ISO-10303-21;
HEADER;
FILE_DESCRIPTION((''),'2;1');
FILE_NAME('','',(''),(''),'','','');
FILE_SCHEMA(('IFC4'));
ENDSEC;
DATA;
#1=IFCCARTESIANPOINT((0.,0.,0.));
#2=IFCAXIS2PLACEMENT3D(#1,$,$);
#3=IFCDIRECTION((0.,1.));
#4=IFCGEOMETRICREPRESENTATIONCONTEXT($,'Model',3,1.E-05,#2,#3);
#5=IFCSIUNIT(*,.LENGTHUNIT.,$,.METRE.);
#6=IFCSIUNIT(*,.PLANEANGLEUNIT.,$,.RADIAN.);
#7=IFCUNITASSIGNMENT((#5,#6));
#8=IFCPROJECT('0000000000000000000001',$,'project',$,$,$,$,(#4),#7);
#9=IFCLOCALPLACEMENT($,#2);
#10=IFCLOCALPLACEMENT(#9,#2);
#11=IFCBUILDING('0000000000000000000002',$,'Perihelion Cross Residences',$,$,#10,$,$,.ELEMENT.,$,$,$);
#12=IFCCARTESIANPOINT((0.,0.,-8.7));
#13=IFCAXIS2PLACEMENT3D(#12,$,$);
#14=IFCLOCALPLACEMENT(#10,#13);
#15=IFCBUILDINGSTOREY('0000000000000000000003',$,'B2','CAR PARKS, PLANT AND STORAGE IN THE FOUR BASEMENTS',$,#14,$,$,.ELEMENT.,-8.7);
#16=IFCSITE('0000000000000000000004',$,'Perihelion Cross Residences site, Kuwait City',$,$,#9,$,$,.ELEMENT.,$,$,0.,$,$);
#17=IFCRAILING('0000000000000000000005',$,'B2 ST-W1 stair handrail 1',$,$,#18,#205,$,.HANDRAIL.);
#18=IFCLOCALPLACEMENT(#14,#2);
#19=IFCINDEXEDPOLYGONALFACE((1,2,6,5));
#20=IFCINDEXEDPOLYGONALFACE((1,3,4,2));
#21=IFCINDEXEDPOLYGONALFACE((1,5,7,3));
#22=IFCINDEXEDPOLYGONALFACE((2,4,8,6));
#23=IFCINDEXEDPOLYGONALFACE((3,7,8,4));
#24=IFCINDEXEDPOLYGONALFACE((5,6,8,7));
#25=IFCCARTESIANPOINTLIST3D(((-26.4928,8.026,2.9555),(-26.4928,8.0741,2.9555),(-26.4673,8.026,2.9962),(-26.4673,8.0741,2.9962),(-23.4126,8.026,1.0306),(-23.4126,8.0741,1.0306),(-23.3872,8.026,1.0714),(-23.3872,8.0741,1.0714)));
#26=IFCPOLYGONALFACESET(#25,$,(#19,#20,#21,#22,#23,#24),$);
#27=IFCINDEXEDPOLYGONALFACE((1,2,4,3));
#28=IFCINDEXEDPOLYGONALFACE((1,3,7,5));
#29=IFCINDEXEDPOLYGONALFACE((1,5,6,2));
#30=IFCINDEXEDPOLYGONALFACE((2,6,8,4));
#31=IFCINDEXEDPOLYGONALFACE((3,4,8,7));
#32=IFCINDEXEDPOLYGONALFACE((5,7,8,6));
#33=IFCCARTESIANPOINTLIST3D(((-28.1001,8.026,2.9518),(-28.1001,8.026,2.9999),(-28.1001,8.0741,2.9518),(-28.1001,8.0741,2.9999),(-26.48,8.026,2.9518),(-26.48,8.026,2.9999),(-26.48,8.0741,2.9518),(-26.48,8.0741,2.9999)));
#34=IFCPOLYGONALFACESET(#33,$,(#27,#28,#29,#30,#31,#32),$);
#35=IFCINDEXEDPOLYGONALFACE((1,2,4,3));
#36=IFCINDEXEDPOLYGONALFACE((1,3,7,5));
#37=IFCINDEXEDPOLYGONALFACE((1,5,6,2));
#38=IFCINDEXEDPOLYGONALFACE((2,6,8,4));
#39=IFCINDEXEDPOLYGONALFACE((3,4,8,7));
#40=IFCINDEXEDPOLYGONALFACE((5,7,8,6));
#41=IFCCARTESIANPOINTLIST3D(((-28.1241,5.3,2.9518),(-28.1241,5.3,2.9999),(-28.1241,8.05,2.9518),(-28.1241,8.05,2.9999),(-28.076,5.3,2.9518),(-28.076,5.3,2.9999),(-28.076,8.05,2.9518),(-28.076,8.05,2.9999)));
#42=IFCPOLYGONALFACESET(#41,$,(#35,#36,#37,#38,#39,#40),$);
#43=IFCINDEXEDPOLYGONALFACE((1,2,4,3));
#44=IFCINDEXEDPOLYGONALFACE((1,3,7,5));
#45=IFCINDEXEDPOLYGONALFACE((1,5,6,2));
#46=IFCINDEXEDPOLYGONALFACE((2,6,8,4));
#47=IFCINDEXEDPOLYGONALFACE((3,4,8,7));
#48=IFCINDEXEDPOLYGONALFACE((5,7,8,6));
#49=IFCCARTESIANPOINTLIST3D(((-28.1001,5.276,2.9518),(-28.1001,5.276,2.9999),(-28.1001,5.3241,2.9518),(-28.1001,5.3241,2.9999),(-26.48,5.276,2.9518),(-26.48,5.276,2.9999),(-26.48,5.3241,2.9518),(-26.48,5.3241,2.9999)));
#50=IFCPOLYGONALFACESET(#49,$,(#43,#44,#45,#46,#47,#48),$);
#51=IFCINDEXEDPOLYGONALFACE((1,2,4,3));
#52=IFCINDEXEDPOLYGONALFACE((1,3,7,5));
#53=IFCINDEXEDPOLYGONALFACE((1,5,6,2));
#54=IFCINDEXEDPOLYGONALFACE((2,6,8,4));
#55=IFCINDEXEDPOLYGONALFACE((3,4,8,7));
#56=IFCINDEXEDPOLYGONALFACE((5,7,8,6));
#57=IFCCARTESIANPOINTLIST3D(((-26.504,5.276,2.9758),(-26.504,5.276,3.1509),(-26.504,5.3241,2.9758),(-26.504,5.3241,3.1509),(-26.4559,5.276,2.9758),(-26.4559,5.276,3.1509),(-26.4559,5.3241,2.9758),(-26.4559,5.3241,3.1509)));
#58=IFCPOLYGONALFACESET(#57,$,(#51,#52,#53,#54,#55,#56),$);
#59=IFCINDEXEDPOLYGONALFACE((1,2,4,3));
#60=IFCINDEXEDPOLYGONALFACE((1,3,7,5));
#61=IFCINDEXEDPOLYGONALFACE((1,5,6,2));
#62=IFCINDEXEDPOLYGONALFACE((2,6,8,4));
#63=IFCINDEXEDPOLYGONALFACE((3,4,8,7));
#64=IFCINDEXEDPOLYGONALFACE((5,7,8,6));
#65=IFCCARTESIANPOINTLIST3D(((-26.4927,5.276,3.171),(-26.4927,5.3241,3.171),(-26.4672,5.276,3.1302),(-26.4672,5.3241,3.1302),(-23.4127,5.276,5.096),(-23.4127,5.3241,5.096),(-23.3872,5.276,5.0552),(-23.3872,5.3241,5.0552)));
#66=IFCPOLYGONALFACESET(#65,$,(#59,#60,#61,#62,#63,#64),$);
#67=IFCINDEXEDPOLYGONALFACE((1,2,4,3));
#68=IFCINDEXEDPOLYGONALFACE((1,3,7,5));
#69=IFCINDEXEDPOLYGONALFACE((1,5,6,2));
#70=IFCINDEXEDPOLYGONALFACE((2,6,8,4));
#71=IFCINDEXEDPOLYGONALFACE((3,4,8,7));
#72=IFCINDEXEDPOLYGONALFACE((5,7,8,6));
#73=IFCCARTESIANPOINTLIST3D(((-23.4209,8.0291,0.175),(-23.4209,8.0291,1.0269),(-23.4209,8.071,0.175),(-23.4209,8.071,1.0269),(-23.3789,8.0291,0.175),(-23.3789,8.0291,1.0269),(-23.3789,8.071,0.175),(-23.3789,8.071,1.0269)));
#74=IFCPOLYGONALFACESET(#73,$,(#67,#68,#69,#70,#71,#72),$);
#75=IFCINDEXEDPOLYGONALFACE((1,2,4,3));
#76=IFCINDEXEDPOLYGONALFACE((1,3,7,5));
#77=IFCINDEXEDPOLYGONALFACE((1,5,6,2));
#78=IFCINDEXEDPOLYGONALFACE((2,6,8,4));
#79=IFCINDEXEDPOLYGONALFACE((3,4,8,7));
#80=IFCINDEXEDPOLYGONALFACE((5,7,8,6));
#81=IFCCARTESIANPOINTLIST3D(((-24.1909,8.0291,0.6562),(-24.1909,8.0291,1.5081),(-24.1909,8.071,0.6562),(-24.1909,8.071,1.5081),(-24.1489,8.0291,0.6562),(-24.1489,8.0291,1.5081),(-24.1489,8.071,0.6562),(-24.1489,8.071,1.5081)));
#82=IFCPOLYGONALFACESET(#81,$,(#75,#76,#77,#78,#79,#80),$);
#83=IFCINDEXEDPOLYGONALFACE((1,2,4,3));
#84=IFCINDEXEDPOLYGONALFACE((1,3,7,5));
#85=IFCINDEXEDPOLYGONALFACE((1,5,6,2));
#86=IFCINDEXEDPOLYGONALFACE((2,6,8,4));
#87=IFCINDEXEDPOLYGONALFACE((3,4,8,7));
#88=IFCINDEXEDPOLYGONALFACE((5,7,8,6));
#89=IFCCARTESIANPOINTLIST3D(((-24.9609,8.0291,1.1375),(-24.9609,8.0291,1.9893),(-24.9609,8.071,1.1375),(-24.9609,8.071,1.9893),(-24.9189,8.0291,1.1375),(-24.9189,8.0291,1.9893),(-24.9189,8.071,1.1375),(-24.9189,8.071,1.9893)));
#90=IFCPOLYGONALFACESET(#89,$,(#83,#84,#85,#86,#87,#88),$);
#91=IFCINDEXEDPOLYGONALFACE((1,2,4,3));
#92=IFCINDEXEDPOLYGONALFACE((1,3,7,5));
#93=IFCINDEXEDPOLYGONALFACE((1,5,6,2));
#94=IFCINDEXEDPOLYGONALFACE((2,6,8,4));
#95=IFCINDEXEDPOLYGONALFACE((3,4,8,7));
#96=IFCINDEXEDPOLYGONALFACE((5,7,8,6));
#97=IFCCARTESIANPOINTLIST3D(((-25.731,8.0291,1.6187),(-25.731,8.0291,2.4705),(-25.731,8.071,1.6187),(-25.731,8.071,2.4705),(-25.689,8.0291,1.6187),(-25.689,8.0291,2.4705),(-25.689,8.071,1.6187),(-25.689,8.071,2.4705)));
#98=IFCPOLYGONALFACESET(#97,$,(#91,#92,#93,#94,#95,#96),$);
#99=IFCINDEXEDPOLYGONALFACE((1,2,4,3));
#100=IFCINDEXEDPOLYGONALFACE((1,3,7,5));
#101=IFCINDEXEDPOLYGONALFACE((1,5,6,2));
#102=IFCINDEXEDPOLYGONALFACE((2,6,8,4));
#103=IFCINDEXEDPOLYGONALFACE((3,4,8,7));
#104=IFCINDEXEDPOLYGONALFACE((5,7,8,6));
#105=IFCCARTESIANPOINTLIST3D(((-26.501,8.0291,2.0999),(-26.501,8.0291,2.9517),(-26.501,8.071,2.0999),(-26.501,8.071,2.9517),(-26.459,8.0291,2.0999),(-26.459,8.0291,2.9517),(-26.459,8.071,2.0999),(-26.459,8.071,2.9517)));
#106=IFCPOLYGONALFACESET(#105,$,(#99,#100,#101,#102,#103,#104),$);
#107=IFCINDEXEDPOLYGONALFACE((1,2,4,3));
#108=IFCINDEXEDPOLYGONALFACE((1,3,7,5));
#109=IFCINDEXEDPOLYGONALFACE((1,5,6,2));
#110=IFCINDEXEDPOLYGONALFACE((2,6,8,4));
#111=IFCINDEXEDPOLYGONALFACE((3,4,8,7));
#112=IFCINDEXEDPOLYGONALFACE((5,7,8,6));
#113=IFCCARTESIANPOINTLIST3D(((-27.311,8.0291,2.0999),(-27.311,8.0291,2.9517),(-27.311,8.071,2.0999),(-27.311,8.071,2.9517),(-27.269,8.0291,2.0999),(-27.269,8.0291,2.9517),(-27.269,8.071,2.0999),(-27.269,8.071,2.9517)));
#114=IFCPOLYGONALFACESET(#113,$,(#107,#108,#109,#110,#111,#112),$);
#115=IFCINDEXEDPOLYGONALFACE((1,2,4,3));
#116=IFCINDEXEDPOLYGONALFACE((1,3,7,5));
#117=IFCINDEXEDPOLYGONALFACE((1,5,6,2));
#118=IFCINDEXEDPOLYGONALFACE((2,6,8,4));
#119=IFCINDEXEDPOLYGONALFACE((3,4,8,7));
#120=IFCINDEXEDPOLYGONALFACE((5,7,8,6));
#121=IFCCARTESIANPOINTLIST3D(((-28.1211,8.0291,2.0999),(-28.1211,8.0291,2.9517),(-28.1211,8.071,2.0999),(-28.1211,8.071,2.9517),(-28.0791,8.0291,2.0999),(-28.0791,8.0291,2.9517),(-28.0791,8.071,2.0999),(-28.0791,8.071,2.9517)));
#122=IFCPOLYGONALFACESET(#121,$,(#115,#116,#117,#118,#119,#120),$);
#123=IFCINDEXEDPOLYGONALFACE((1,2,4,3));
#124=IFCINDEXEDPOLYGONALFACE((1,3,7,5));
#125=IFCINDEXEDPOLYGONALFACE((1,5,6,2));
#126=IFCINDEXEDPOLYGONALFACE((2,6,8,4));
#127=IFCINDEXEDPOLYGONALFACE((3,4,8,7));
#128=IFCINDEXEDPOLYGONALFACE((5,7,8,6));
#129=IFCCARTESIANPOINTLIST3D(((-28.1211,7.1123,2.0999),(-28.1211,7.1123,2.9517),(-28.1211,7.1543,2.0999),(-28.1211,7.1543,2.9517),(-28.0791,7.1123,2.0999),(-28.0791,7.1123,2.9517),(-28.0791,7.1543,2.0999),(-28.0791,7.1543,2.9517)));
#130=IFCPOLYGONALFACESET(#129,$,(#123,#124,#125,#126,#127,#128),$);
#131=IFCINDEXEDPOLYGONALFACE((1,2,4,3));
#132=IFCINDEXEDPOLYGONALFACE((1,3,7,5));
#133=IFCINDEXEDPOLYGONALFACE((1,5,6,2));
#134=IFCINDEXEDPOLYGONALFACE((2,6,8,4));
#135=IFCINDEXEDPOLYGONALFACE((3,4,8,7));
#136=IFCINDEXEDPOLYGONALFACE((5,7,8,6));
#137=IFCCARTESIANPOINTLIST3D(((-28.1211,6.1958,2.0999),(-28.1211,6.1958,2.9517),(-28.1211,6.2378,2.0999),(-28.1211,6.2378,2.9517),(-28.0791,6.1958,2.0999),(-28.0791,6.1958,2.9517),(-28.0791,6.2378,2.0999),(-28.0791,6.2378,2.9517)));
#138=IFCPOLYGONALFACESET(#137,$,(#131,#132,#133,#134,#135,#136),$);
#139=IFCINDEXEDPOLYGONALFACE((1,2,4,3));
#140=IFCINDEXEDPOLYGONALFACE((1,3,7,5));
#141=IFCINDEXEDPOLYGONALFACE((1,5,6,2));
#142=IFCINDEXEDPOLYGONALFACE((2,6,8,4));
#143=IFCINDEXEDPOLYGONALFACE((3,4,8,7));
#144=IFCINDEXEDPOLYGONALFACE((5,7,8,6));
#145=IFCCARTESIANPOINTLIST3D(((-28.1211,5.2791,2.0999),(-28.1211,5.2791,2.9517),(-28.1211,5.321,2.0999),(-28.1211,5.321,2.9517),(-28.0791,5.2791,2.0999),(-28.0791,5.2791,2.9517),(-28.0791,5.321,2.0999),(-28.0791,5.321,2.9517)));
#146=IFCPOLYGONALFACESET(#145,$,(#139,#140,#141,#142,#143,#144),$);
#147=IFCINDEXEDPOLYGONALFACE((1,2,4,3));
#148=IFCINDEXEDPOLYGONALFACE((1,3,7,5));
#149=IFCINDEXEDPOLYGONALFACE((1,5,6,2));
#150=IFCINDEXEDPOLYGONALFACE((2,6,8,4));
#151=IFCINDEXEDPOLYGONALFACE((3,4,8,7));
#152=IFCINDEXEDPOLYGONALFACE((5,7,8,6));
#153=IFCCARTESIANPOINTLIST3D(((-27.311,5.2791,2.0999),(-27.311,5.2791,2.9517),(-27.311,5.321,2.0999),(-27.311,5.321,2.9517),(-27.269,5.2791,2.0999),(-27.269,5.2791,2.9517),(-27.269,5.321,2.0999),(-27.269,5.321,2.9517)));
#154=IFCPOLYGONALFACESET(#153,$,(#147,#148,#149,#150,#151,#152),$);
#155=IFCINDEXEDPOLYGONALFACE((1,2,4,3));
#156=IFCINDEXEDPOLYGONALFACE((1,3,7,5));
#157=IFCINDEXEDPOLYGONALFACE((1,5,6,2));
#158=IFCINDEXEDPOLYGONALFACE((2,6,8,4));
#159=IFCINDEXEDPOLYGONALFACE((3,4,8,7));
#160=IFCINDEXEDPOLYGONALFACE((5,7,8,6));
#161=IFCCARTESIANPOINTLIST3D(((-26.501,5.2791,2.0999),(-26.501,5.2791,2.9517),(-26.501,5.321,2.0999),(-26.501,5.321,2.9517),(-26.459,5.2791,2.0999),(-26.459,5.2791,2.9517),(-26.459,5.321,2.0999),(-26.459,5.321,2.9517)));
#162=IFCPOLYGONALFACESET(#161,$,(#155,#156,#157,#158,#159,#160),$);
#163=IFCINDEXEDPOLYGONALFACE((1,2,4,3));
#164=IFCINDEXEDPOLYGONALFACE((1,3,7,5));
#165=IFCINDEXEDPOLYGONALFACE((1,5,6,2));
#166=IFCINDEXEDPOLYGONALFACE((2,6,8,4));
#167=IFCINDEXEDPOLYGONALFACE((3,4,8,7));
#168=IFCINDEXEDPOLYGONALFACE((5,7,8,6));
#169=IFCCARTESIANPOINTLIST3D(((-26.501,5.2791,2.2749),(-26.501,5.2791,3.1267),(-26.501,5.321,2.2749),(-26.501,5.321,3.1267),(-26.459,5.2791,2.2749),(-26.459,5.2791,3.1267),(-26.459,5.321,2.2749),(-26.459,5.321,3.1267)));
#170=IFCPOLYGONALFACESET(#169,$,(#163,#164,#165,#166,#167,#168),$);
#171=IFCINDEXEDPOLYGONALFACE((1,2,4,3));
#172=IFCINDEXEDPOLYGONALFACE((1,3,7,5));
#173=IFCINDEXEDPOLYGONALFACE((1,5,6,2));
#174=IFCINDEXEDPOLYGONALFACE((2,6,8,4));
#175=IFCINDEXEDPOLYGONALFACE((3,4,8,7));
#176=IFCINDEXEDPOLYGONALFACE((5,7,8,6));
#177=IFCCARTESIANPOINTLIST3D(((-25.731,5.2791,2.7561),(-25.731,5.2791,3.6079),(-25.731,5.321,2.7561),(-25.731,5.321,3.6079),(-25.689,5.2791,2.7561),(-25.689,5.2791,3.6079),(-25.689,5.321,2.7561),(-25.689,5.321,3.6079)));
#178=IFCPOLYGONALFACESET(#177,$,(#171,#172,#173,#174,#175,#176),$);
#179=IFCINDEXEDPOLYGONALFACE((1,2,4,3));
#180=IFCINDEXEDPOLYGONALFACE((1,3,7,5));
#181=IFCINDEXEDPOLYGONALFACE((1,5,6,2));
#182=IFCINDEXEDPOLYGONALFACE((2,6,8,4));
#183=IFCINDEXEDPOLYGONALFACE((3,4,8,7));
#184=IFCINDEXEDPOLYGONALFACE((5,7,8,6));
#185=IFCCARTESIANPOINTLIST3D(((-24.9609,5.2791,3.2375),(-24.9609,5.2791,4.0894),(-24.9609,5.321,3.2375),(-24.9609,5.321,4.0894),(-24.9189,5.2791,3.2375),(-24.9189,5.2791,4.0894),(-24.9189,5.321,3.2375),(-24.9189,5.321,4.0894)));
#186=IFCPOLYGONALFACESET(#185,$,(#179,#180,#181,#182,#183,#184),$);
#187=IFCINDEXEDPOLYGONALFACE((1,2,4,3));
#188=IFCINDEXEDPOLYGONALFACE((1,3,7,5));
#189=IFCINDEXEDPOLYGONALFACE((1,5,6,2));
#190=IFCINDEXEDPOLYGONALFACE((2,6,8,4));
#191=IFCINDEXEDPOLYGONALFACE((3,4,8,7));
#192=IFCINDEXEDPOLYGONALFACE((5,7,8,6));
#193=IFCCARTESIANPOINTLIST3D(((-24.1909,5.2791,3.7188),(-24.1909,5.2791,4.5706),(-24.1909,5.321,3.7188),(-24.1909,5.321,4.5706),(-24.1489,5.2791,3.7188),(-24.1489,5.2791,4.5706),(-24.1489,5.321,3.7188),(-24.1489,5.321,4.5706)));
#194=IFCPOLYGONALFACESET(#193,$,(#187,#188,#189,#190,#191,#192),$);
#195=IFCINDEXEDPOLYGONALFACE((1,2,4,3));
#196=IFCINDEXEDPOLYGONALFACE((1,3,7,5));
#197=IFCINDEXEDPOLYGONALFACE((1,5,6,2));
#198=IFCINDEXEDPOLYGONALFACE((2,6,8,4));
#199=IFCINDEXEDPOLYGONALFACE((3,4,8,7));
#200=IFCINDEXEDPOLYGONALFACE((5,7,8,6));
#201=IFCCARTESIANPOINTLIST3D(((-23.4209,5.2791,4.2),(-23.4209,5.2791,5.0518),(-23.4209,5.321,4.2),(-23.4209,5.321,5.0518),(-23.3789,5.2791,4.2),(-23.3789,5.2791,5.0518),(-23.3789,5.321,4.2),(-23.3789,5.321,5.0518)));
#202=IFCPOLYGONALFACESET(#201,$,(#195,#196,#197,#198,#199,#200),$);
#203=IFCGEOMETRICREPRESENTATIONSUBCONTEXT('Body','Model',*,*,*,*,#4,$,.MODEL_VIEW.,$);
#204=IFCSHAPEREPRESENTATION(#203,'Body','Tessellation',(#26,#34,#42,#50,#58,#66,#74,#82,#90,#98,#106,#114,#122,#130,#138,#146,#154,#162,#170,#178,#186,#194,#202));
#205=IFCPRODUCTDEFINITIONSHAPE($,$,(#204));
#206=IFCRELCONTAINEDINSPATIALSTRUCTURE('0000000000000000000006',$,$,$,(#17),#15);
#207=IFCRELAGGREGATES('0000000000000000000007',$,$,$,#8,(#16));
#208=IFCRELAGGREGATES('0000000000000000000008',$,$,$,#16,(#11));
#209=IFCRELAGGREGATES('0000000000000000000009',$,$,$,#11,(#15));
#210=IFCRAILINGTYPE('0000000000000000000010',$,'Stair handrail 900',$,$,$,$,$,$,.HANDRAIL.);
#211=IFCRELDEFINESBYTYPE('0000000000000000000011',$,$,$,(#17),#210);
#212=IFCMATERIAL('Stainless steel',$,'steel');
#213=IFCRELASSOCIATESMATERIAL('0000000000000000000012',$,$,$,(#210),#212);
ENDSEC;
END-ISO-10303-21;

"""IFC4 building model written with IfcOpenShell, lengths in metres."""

from ifc_helpers import new_model, si_unit, direction, frame, origin, origin_2d, place, context, subcontext, project, spatial, rectangle, extrude, material, type_object, element, save


model = new_model("IFC4")

# Units and contexts
model_context = context("Model", 3, precision=1e-05, world=origin(), true_north=direction((0.0, 1.0)))
body_context = subcontext(model_context, "Body", "Model", "MODEL_VIEW")
ifc_project = project(units=[si_unit("LENGTHUNIT", "METRE"), si_unit("PLANEANGLEUNIT", "RADIAN")], contexts=[model_context])

# Site, building, storey
site_placement = place(None, origin())
site = spatial("IfcSite", under=ifc_project, at=site_placement, Name="Perihelion Cross Residences site, Kuwait City", CompositionType="ELEMENT", RefElevation=0.0)
building_placement = place(site_placement, origin())
building = spatial("IfcBuilding", under=site, at=building_placement, Name="Perihelion Cross Residences", CompositionType="ELEMENT")
storey_placement = place(building_placement, frame((0.0, 0.0, -8.7)))
storey = spatial("IfcBuildingStorey", under=building, at=storey_placement, Name="B2", Description="CAR PARKS, PLANT AND STORAGE IN THE FOUR BASEMENTS", CompositionType="ELEMENT", Elevation=-8.7)

# Railing
ifc_material_1 = material(Name="Stainless steel", Category="steel")
railing_type_1 = type_object("IfcRailingType", Name="Stair handrail 900", PredefinedType="HANDRAIL", material=ifc_material_1)
railing_1_placement = place(storey_placement, frame((-23.3999, 8.05, 0.175)))
element("IfcRailing", 1, at=railing_1_placement, inside=storey, type_object=railing_type_1, Name="B2 ST-W1 stair handrail 1", PredefinedType="HANDRAIL", context=body_context, shape_type="SweptSolid", body=[
    extrude(rectangle(XDim=0.0481, YDim=0.0481, at=origin_2d()), frame((0.0, 0.0, 0.876), z_axis=(-0.848029, 0.0, 0.529951), x_axis=(0.0, -1.0, 0.0)), (0.0, 0.0, 1.0), 3.6321),
    extrude(rectangle(XDim=0.0481, YDim=0.0481, at=origin_2d()), frame((-3.0801, 0.0, 2.8008), z_axis=(-1.0, 0.0, 0.0), x_axis=(0.0, -1.0, 0.0)), (0.0, 0.0, 1.0), 1.6201),
    extrude(rectangle(XDim=0.0481, YDim=0.0481, at=origin_2d()), frame((-4.7002, 0.0, 2.8008), z_axis=(0.0, -1.0, 0.0), x_axis=(1.0, 0.0, 0.0)), (0.0, 0.0, 1.0), 2.75),
    extrude(rectangle(XDim=0.0481, YDim=0.0481, at=origin_2d()), frame((-4.7002, -2.75, 2.8008), z_axis=(1.0, 0.0, 0.0), x_axis=(0.0, 1.0, 0.0)), (0.0, 0.0, 1.0), 1.6201),
    extrude(rectangle(XDim=0.0481, YDim=0.0481, at=origin_2d()), frame((-3.0801, -2.75, 2.8008), z_axis=(0.0, 0.0, 1.0), x_axis=(1.0, 0.0, 0.0)), (0.0, 0.0, 1.0), 0.175),
    extrude(rectangle(XDim=0.0481, YDim=0.0481, at=origin_2d()), frame((-3.0801, -2.75, 2.9756), z_axis=(0.847998, 0.0, 0.529999), x_axis=(0.0, 1.0, 0.0)), (0.0, 0.0, 1.0), 3.6321),
    extrude(rectangle(XDim=0.042, YDim=0.042, at=origin_2d()), origin(), (0.0, 0.0, 1.0), 0.8518),
    extrude(rectangle(XDim=0.042, YDim=0.042, at=origin_2d()), frame((-0.77, 0.0, 0.4812)), (0.0, 0.0, 1.0), 0.8518),
    extrude(rectangle(XDim=0.042, YDim=0.042, at=origin_2d()), frame((-1.54, 0.0, 0.9624)), (0.0, 0.0, 1.0), 0.8518),
    extrude(rectangle(XDim=0.042, YDim=0.042, at=origin_2d()), frame((-2.3101, 0.0, 1.4436)), (0.0, 0.0, 1.0), 0.8518),
    extrude(rectangle(XDim=0.042, YDim=0.042, at=origin_2d()), frame((-3.0801, 0.0, 1.9248)), (0.0, 0.0, 1.0), 0.8518),
    extrude(rectangle(XDim=0.042, YDim=0.042, at=origin_2d()), frame((-3.8901, 0.0, 1.9248)), (0.0, 0.0, 1.0), 0.8518),
    extrude(rectangle(XDim=0.042, YDim=0.042, at=origin_2d()), frame((-4.7002, 0.0, 1.9248)), (0.0, 0.0, 1.0), 0.8518),
    extrude(rectangle(XDim=0.042, YDim=0.042, at=origin_2d()), frame((-4.7002, -0.9167, 1.9248)), (0.0, 0.0, 1.0), 0.8518),
    extrude(rectangle(XDim=0.042, YDim=0.042, at=origin_2d()), frame((-4.7002, -1.8333, 1.9248)), (0.0, 0.0, 1.0), 0.8518),
    extrude(rectangle(XDim=0.042, YDim=0.042, at=origin_2d()), frame((-4.7002, -2.75, 1.9248)), (0.0, 0.0, 1.0), 0.8518),
    extrude(rectangle(XDim=0.042, YDim=0.042, at=origin_2d()), frame((-3.8901, -2.75, 1.9248)), (0.0, 0.0, 1.0), 0.8518),
    extrude(rectangle(XDim=0.042, YDim=0.042, at=origin_2d()), frame((-3.0801, -2.75, 1.9248)), (0.0, 0.0, 1.0), 0.8518),
    extrude(rectangle(XDim=0.042, YDim=0.042, at=origin_2d()), frame((-3.0801, -2.75, 2.0999)), (0.0, 0.0, 1.0), 0.8518),
    extrude(rectangle(XDim=0.042, YDim=0.042, at=origin_2d()), frame((-2.3101, -2.75, 2.5811)), (0.0, 0.0, 1.0), 0.8518),
    extrude(rectangle(XDim=0.042, YDim=0.042, at=origin_2d()), frame((-1.54, -2.75, 3.0625)), (0.0, 0.0, 1.0), 0.8518),
    extrude(rectangle(XDim=0.042, YDim=0.042, at=origin_2d()), frame((-0.77, -2.75, 3.5437)), (0.0, 0.0, 1.0), 0.8518),
    extrude(rectangle(XDim=0.042, YDim=0.042, at=origin_2d()), frame((0.0, -2.75, 4.0249)), (0.0, 0.0, 1.0), 0.8518),
])

save(model, "model.ifc")
